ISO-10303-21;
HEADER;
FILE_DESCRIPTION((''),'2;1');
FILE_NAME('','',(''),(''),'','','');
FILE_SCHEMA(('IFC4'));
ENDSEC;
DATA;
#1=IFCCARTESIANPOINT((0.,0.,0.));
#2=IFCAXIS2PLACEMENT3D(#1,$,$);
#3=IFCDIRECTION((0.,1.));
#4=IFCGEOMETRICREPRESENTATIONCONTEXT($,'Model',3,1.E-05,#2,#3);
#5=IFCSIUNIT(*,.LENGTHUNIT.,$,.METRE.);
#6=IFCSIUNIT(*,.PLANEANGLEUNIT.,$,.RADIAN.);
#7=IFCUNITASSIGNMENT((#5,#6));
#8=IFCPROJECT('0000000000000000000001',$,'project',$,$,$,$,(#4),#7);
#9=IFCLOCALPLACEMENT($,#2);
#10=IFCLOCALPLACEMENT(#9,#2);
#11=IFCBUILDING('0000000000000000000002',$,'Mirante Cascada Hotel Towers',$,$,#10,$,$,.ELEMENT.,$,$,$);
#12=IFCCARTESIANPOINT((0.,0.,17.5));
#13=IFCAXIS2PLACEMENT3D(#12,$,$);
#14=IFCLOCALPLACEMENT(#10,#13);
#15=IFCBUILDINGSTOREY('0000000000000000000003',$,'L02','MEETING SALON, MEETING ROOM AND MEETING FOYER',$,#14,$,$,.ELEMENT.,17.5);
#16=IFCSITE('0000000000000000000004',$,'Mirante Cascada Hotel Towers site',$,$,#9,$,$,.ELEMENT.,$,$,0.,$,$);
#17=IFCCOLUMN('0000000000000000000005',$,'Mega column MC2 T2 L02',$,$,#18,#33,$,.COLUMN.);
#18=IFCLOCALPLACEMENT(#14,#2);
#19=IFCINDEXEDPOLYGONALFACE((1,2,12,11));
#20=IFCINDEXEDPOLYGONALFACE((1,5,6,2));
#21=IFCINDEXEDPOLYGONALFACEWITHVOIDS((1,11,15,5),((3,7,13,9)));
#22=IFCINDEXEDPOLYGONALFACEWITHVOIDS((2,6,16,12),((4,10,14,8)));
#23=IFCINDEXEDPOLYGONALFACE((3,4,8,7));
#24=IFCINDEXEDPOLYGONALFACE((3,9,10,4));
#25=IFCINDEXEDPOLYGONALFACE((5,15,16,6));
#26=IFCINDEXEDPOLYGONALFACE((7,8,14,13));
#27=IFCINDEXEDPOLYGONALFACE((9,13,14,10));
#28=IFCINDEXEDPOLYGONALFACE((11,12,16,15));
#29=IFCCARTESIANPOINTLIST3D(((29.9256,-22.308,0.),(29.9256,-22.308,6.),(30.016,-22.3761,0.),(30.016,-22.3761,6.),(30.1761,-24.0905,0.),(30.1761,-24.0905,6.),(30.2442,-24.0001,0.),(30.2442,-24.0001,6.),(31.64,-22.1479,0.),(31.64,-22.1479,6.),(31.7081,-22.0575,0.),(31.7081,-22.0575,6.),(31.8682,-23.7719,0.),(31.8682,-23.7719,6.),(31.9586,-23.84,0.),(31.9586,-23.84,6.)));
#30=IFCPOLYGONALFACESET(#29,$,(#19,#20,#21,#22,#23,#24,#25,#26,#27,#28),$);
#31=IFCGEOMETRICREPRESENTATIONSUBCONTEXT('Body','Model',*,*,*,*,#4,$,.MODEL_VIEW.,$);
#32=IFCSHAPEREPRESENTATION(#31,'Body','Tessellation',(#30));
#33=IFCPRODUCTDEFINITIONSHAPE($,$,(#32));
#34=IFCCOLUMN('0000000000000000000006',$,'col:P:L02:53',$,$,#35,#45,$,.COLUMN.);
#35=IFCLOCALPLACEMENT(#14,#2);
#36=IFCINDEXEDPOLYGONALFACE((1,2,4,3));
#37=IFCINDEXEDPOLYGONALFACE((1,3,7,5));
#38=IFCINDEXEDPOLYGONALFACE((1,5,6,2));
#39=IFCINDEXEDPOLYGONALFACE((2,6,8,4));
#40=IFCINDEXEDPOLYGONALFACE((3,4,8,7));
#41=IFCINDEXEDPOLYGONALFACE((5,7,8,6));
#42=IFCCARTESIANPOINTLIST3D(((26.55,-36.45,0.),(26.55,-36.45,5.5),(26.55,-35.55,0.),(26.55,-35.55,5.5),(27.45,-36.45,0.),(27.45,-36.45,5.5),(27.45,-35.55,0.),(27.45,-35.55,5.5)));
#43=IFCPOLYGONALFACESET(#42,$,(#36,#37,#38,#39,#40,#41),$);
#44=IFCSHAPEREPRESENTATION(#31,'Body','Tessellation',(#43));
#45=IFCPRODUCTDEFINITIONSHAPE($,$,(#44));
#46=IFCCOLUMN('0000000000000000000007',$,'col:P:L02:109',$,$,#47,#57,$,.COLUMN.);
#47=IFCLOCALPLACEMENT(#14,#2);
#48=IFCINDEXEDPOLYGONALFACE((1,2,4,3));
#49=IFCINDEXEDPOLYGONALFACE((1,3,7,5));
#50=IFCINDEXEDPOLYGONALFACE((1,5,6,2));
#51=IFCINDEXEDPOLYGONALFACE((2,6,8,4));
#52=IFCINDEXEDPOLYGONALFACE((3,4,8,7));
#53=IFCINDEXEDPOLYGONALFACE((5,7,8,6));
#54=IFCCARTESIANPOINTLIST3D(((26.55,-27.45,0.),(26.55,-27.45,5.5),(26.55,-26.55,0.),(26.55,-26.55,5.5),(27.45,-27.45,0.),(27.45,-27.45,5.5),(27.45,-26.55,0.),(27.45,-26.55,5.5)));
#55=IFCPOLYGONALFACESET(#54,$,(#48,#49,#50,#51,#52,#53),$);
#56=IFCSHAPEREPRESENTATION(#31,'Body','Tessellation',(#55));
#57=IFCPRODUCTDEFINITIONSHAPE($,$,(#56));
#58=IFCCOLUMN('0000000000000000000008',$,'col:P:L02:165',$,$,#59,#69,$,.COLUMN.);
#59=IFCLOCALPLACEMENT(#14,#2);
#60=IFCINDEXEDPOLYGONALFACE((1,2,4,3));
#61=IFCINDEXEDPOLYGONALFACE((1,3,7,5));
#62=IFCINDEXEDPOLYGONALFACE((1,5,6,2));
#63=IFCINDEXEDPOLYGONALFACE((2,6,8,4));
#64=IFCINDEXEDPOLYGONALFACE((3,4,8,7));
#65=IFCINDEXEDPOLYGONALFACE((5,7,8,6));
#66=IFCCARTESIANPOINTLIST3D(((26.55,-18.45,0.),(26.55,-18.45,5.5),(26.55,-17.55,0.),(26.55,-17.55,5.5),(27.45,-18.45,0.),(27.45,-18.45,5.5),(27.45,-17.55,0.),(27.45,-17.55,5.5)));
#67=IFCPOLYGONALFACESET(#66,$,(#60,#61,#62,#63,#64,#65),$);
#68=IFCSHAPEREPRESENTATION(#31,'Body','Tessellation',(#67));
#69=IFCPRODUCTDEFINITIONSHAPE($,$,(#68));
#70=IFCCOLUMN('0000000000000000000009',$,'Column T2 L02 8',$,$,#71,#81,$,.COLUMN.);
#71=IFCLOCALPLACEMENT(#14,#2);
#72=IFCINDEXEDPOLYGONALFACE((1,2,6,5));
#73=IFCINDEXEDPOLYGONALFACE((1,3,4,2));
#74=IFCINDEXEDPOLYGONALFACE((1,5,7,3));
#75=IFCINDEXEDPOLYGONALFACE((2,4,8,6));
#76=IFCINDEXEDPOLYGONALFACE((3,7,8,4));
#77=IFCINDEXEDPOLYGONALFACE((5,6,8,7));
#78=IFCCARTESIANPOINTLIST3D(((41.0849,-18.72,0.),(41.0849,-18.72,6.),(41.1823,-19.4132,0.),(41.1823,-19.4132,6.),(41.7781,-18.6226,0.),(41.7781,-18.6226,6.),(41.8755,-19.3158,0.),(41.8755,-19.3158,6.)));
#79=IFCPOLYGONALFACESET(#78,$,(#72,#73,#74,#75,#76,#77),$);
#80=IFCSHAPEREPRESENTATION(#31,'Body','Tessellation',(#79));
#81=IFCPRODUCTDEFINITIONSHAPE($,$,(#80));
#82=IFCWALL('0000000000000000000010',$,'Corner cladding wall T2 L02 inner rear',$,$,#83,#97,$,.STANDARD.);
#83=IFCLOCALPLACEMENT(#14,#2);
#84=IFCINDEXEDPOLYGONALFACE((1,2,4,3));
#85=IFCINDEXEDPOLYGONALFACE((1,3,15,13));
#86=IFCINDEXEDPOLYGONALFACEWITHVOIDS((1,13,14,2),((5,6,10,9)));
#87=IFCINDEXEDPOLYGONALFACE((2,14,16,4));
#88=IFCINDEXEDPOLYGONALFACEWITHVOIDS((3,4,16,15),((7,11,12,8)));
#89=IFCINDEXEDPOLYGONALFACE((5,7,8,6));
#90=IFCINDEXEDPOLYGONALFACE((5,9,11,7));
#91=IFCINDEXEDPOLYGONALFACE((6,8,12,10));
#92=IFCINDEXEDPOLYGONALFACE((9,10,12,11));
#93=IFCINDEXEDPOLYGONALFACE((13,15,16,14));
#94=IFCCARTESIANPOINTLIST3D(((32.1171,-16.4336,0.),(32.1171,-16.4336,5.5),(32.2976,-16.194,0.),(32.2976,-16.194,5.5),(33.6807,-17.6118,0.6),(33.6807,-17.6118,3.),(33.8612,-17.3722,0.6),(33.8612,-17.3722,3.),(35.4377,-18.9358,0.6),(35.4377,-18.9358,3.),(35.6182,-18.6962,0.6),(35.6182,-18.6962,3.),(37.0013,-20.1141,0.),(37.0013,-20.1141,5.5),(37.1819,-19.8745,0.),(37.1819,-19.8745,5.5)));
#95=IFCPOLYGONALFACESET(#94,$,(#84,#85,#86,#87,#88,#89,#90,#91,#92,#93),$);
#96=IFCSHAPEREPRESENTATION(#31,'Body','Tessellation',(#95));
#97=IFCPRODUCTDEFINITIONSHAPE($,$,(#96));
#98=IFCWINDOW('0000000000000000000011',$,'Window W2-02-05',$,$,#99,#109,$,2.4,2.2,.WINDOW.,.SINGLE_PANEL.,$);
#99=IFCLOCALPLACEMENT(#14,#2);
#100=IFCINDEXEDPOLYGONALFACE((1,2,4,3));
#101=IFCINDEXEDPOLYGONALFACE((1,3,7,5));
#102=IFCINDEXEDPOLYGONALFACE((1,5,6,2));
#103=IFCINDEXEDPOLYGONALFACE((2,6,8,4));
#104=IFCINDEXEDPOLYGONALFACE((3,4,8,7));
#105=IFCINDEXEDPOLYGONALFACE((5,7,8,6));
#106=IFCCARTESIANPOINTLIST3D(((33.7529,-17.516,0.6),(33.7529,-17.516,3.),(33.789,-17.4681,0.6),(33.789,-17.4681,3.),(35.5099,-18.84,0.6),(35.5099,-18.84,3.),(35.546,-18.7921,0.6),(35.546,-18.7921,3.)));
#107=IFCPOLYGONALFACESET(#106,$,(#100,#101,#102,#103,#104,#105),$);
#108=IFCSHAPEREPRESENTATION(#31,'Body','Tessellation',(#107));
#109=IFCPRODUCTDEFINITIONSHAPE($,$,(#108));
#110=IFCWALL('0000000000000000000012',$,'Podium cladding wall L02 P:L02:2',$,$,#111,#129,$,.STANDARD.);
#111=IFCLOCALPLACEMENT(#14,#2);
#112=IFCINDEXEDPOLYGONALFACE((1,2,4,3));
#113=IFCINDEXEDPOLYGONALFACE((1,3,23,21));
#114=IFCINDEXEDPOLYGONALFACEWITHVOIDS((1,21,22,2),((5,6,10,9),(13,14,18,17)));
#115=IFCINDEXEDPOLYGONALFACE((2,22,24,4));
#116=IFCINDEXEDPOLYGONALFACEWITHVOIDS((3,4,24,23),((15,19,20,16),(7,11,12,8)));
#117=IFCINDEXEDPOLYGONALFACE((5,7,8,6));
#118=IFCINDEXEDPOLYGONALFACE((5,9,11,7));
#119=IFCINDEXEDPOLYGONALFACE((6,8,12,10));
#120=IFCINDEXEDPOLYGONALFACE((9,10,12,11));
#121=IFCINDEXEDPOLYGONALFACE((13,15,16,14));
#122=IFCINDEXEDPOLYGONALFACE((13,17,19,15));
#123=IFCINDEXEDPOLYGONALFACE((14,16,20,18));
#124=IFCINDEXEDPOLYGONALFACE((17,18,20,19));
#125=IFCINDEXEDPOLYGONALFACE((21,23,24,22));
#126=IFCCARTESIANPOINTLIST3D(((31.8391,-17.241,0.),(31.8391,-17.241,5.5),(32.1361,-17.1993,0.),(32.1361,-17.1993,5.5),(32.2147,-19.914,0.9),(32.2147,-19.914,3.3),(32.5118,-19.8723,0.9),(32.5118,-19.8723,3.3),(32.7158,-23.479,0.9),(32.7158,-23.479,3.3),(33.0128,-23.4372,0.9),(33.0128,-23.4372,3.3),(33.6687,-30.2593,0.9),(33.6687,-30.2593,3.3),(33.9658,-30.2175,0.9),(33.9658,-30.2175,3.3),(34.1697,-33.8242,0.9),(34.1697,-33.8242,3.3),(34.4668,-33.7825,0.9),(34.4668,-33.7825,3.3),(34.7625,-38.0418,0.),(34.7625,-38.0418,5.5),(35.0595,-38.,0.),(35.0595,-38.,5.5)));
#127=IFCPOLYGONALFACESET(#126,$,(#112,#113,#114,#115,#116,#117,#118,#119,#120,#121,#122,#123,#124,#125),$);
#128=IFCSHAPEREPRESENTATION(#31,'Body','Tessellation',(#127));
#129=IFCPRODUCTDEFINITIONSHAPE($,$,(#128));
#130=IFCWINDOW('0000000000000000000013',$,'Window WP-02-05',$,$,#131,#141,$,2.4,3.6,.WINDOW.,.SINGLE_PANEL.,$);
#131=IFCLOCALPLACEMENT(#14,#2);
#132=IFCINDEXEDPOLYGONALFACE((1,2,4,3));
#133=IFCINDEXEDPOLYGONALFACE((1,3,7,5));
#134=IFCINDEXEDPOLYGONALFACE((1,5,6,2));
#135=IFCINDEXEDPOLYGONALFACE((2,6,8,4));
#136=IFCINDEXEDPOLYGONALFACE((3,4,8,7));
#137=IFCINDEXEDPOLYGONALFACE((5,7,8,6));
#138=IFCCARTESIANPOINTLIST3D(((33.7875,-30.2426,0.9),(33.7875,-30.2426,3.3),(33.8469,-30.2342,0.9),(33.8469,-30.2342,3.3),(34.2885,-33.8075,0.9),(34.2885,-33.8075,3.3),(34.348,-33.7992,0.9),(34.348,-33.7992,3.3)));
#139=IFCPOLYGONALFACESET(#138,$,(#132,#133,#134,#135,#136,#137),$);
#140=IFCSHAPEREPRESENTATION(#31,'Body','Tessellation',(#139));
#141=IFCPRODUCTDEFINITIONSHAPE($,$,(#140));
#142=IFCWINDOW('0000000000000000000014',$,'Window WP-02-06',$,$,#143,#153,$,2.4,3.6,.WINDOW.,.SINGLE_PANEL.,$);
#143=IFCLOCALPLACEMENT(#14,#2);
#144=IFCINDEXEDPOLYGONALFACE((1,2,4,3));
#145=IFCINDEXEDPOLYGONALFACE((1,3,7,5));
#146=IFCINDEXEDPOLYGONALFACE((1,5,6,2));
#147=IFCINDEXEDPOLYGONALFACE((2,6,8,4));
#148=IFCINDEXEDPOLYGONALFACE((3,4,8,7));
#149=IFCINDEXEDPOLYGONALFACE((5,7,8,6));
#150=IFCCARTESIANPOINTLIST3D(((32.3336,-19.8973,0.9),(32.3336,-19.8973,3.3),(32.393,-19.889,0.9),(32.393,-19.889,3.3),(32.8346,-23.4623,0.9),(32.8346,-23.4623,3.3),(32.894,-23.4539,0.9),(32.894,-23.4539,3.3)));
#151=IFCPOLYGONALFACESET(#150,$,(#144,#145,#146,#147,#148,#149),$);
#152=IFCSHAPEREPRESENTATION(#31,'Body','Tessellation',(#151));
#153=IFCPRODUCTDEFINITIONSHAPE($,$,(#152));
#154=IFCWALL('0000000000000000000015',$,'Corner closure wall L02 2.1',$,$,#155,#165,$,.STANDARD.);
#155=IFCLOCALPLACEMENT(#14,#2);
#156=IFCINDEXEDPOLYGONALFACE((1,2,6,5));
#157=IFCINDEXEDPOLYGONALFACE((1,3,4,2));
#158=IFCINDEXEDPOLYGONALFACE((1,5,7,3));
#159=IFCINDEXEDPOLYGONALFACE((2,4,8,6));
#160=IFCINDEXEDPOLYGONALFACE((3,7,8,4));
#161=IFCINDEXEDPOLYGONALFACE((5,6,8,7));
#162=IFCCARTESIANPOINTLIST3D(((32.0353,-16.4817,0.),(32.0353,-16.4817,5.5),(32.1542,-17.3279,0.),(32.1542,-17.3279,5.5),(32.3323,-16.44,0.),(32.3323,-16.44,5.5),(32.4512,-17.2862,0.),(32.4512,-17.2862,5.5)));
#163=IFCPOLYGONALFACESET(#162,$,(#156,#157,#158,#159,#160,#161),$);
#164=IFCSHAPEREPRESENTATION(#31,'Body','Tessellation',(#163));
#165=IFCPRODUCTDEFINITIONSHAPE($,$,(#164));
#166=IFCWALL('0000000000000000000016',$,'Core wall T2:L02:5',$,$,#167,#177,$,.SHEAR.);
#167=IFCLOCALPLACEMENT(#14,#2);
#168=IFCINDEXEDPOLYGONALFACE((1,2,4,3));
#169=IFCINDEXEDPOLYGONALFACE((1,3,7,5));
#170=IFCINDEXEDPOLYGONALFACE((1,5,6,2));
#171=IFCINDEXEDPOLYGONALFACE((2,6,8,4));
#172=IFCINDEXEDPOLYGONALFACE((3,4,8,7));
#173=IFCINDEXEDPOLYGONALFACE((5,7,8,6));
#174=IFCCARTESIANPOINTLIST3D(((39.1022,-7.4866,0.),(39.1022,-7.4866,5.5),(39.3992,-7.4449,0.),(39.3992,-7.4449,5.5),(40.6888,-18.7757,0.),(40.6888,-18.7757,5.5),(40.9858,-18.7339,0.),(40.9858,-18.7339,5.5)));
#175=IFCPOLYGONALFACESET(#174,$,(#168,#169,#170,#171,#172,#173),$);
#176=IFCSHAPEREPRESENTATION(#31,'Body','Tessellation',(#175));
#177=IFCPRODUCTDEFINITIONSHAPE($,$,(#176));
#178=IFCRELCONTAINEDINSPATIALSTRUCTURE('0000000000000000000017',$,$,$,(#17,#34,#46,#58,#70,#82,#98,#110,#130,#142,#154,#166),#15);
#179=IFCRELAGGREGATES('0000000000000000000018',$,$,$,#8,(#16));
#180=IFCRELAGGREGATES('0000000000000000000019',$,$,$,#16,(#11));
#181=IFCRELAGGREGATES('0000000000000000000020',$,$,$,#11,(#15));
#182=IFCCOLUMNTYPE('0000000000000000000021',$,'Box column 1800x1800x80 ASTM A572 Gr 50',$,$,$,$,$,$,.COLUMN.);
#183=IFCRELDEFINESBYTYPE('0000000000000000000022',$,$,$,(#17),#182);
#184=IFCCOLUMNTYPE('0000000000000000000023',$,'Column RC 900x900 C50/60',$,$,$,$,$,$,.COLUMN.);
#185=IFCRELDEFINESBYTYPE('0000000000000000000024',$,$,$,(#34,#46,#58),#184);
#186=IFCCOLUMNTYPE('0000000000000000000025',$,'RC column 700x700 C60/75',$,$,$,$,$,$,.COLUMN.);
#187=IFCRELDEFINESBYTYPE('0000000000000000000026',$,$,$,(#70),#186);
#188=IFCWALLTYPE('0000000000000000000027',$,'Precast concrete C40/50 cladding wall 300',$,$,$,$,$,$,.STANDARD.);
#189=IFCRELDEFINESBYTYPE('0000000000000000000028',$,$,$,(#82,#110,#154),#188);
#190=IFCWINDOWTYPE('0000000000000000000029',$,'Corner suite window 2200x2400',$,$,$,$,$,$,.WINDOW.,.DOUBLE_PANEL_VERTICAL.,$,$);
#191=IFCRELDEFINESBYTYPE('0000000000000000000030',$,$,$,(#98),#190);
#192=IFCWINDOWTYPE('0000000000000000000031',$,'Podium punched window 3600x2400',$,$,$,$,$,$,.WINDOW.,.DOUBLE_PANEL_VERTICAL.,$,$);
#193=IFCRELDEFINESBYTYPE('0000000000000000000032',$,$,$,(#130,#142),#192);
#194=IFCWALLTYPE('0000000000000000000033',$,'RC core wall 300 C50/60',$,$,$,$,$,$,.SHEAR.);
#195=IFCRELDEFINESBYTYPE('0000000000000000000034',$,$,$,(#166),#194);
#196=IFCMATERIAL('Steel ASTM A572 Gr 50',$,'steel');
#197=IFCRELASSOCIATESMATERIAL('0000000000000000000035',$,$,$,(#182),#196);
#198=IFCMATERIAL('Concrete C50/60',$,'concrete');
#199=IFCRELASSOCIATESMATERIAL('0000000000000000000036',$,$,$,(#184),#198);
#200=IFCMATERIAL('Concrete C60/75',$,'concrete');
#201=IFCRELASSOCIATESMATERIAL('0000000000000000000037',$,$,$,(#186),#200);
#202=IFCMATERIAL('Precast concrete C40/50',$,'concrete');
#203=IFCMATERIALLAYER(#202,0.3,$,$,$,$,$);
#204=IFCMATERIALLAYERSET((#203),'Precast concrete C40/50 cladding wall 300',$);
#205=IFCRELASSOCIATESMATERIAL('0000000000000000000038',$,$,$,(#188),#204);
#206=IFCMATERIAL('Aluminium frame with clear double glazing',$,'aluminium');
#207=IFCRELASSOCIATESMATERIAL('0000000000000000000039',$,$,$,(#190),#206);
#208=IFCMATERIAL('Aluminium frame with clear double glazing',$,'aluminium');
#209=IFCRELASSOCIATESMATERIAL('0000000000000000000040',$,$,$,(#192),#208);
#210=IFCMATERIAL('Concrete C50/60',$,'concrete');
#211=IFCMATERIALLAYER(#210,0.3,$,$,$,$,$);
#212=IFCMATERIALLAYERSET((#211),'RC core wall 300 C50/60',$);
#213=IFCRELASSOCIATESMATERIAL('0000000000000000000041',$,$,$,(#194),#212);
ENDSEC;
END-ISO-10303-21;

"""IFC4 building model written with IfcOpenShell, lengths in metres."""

from ifc_helpers import new_model, si_unit, direction, frame, frame_2d, origin, origin_2d, place, context, subcontext, project, spatial, rectangle, hollow_rectangle, extrude, material, layer, layer_set, material_profile, profile_set, type_object, element, fill, save


model = new_model("IFC4")

# Units and contexts
model_context = context("Model", 3, precision=1e-05, world=origin(), true_north=direction((0.0, 1.0)))
body_context = subcontext(model_context, "Body", "Model", "MODEL_VIEW")
ifc_project = project(units=[si_unit("LENGTHUNIT", "METRE"), si_unit("PLANEANGLEUNIT", "RADIAN")], contexts=[model_context])

# Site, building, storey
site_placement = place(None, origin())
site = spatial("IfcSite", under=ifc_project, at=site_placement, Name="Mirante Cascada Hotel Towers site", CompositionType="ELEMENT", RefElevation=0.0)
building_placement = place(site_placement, origin())
building = spatial("IfcBuilding", under=site, at=building_placement, Name="Mirante Cascada Hotel Towers", CompositionType="ELEMENT")
storey_placement = place(building_placement, frame((0.0, 0.0, 17.5)))
storey = spatial("IfcBuildingStorey", under=building, at=storey_placement, Name="L02", Description="MEETING SALON, MEETING ROOM AND MEETING FOYER", CompositionType="ELEMENT", Elevation=17.5)

# Columns
ifc_material_1 = material(Name="Steel ASTM A572 Gr 50", Category="steel")
ifc_material_profile_1 = material_profile(ifc_material_1, hollow_rectangle(XDim=1.8, YDim=1.8, WallThickness=0.08, at=origin_2d()), Name="Box column 1800x1800x80 ASTM A572 Gr 50")
ifc_profile_set_1 = profile_set([ifc_material_profile_1], Name="Steel ASTM A572 Gr 50")
column_type_1 = type_object("IfcColumnType", Name="Box column 1800x1800x80 ASTM A572 Gr 50", PredefinedType="COLUMN", material=ifc_profile_set_1)
column_1_placement = place(storey_placement, frame((30.9421, -23.074, 0.0), z_axis=(0.0, 0.0, 1.0), x_axis=(0.990268, 0.139173, 0.0)))
element("IfcColumn", 1, at=column_1_placement, inside=storey, type_object=column_type_1, Name="Mega column MC2 T2 L02", PredefinedType="COLUMN", context=body_context, shape_type="SweptSolid", body=[
    extrude(hollow_rectangle(XDim=1.8, YDim=1.8, WallThickness=0.08, at=origin_2d()), origin(), (0.0, 0.0, 1.0), 6.0),
])
ifc_material_2 = material(Name="Concrete C50/60", Category="concrete")
ifc_material_profile_2 = material_profile(ifc_material_2, rectangle(XDim=0.9, YDim=0.9, at=origin_2d()), Name="RC 900x900")
ifc_profile_set_2 = profile_set([ifc_material_profile_2], Name="Concrete C50/60")
column_type_2 = type_object("IfcColumnType", Name="Column RC 900x900 C50/60", PredefinedType="COLUMN", material=ifc_profile_set_2)
for number, where, z_axis, x_axis, name in (
    (2, (27.0, -36.0, 0.0), (0.0, 0.0, 1.0), (1.0, 0.0, 0.0), "col:P:L02:53"),
    (3, (27.0, -27.0, 0.0), (0.0, 0.0, 1.0), (1.0, 0.0, 0.0), "col:P:L02:109"),
    (4, (27.0, -18.0, 0.0), (0.0, 0.0, 1.0), (1.0, 0.0, 0.0), "col:P:L02:165"),
):
    element("IfcColumn", number, at=place(storey_placement, frame(where, z_axis=z_axis, x_axis=x_axis)), inside=storey, type_object=column_type_2, Name=name, PredefinedType="COLUMN", context=body_context, shape_type="SweptSolid", body=[
        extrude(rectangle(XDim=0.9, YDim=0.9, at=origin_2d()), origin(), (0.0, 0.0, 1.0), 5.5),
    ])
ifc_material_3 = material(Name="Concrete C60/75", Category="concrete")
ifc_material_profile_3 = material_profile(ifc_material_3, rectangle(XDim=0.7, YDim=0.7, at=origin_2d()), Name="RC column 700x700 C60/75")
ifc_profile_set_3 = profile_set([ifc_material_profile_3], Name="Concrete C60/75")
column_type_3 = type_object("IfcColumnType", Name="RC column 700x700 C60/75", PredefinedType="COLUMN", material=ifc_profile_set_3)
column_2_placement = place(storey_placement, frame((41.4802, -19.0179, 0.0), z_axis=(0.0, 0.0, 1.0), x_axis=(0.990268, 0.139173, 0.0)))
element("IfcColumn", 5, at=column_2_placement, inside=storey, type_object=column_type_3, Name="Column T2 L02 8", PredefinedType="COLUMN", context=body_context, shape_type="SweptSolid", body=[
    extrude(rectangle(XDim=0.7, YDim=0.7, at=origin_2d()), origin(), (0.0, 0.0, 1.0), 6.0),
])

# Wall, opening, window
ifc_material_4 = material(Name="Precast concrete C40/50", Category="concrete")
ifc_layer_1 = layer(ifc_material_4, 0.3)
ifc_layer_set_1 = layer_set([ifc_layer_1], Name="Precast concrete C40/50 cladding wall 300")
wall_type_1 = type_object("IfcWallType", Name="Precast concrete C40/50 cladding wall 300", PredefinedType="STANDARD", material=ifc_layer_set_1)
wall_1_placement = place(storey_placement, frame((32.2074, -16.3138, 0.0), z_axis=(0.0, 0.0, 1.0), x_axis=(0.798636, -0.601814, 0.0)))
wall_1 = element("IfcWall", 6, at=wall_1_placement, inside=storey, type_object=wall_type_1, Name="Corner cladding wall T2 L02 inner rear", PredefinedType="STANDARD", context=body_context, shape_type="SweptSolid", body=[
    extrude(rectangle(XDim=6.1157, YDim=0.3, at=frame_2d((3.0578, 0.0))), origin(), (0.0, 0.0, 1.0), 5.5),
])
opening_1_placement = place(wall_1_placement, frame((1.9578, 0.0, 0.6)))
opening_1 = element("IfcOpeningElement", 7, at=opening_1_placement, cuts=wall_1, PredefinedType="OPENING", context=body_context, shape_type="SweptSolid", body=[
    extrude(rectangle(XDim=2.2, YDim=2.4, at=frame_2d((1.1, 1.2))), frame((0.0, 0.15, 0.0), z_axis=(0.0, -1.0, 0.0), x_axis=(1.0, 0.0, 0.0)), (0.0, 0.0, 1.0), 0.3),
])
ifc_material_5 = material(Name="Aluminium frame with clear double glazing", Category="aluminium")
window_type_1 = type_object("IfcWindowType", Name="Corner suite window 2200x2400", PartitioningType="DOUBLE_PANEL_VERTICAL", PredefinedType="WINDOW", material=ifc_material_5)
window_1_placement = place(opening_1_placement, origin())
window_1 = element("IfcWindow", 8, at=window_1_placement, inside=storey, type_object=window_type_1, Name="Window W2-02-05", OverallHeight=2.4, OverallWidth=2.2, PartitioningType="SINGLE_PANEL", PredefinedType="WINDOW", context=body_context, shape_type="SweptSolid", body=[
    extrude(rectangle(XDim=2.2, YDim=2.4, at=frame_2d((1.1, 1.2))), frame((0.0, 0.03, 0.0), z_axis=(0.0, -1.0, 0.0), x_axis=(1.0, 0.0, 0.0)), (0.0, 0.0, 1.0), 0.06),
])
fill(opening_1, window_1)

# Wall, openings, windows
wall_2_placement = place(storey_placement, frame((34.911, -38.0209, 0.0), z_axis=(0.0, 0.0, 1.0), x_axis=(-0.139175, 0.990268, 0.0)))
wall_2 = element("IfcWall", 9, at=wall_2_placement, inside=storey, type_object=wall_type_1, Name="Podium cladding wall L02 P:L02:2", PredefinedType="STANDARD", context=body_context, shape_type="SweptSolid", body=[
    extrude(rectangle(XDim=21.0052, YDim=0.3, at=frame_2d((10.5026, 0.0))), origin(), (0.0, 0.0, 1.0), 5.5),
])
opening_2_placement = place(wall_2_placement, frame((4.259, 0.0, 0.9)))
opening_2 = element("IfcOpeningElement", 10, at=opening_2_placement, cuts=wall_2, PredefinedType="OPENING", context=body_context, shape_type="SweptSolid", body=[
    extrude(rectangle(XDim=3.6, YDim=2.4, at=frame_2d((1.8, 1.2))), frame((0.0, 0.15, 0.0), z_axis=(0.0, -1.0, 0.0), x_axis=(1.0, 0.0, 0.0)), (0.0, 0.0, 1.0), 0.3),
])
opening_3_placement = place(wall_2_placement, frame((14.7059, 0.0, 0.9)))
opening_3 = element("IfcOpeningElement", 11, at=opening_3_placement, cuts=wall_2, PredefinedType="OPENING", context=body_context, shape_type="SweptSolid", body=[
    extrude(rectangle(XDim=3.6, YDim=2.4, at=frame_2d((1.8, 1.2))), frame((0.0, 0.15, 0.0), z_axis=(0.0, -1.0, 0.0), x_axis=(1.0, 0.0, 0.0)), (0.0, 0.0, 1.0), 0.3),
])
ifc_material_6 = material(Name="Aluminium frame with clear double glazing", Category="aluminium")
window_type_2 = type_object("IfcWindowType", Name="Podium punched window 3600x2400", PartitioningType="DOUBLE_PANEL_VERTICAL", PredefinedType="WINDOW", material=ifc_material_6)
window_2_placement = place(opening_2_placement, origin())
window_2 = element("IfcWindow", 12, at=window_2_placement, inside=storey, type_object=window_type_2, Name="Window WP-02-05", OverallHeight=2.4, OverallWidth=3.6, PartitioningType="SINGLE_PANEL", PredefinedType="WINDOW", context=body_context, shape_type="SweptSolid", body=[
    extrude(rectangle(XDim=3.6, YDim=2.4, at=frame_2d((1.8, 1.2))), frame((0.0, 0.03, 0.0), z_axis=(0.0, -1.0, 0.0), x_axis=(1.0, 0.0, 0.0)), (0.0, 0.0, 1.0), 0.06),
])
fill(opening_2, window_2)
window_3_placement = place(opening_3_placement, origin())
window_3 = element("IfcWindow", 13, at=window_3_placement, inside=storey, type_object=window_type_2, Name="Window WP-02-06", OverallHeight=2.4, OverallWidth=3.6, PartitioningType="SINGLE_PANEL", PredefinedType="WINDOW", context=body_context, shape_type="SweptSolid", body=[
    extrude(rectangle(XDim=3.6, YDim=2.4, at=frame_2d((1.8, 1.2))), frame((0.0, 0.03, 0.0), z_axis=(0.0, -1.0, 0.0), x_axis=(1.0, 0.0, 0.0)), (0.0, 0.0, 1.0), 0.06),
])
fill(opening_3, window_3)

# Walls
wall_3_placement = place(storey_placement, frame((32.1838, -16.4609, 0.0), z_axis=(0.0, 0.0, 1.0), x_axis=(0.139144, -0.990272, 0.0)))
element("IfcWall", 14, at=wall_3_placement, inside=storey, type_object=wall_type_1, Name="Corner closure wall L02 2.1", PredefinedType="STANDARD", context=body_context, shape_type="SweptSolid", body=[
    extrude(rectangle(XDim=0.8545, YDim=0.3, at=frame_2d((0.4272, 0.0))), origin(), (0.0, 0.0, 1.0), 5.5),
])
ifc_material_7 = material(Name="Concrete C50/60", Category="concrete")
ifc_layer_2 = layer(ifc_material_7, 0.3)
ifc_layer_set_2 = layer_set([ifc_layer_2], Name="RC core wall 300 C50/60")
wall_type_2 = type_object("IfcWallType", Name="RC core wall 300 C50/60", PredefinedType="SHEAR", material=ifc_layer_set_2)
wall_4_placement = place(storey_placement, frame((40.8373, -18.7548, 0.0), z_axis=(0.0, 0.0, 1.0), x_axis=(-0.139175, 0.990268, 0.0)))
element("IfcWall", 15, at=wall_4_placement, inside=storey, type_object=wall_type_2, Name="Core wall T2:L02:5", PredefinedType="SHEAR", context=body_context, shape_type="SweptSolid", body=[
    extrude(rectangle(XDim=11.4, YDim=0.3, at=frame_2d((5.7, 0.0))), origin(), (0.0, 0.0, 1.0), 5.5),
])

save(model, "model.ifc")
